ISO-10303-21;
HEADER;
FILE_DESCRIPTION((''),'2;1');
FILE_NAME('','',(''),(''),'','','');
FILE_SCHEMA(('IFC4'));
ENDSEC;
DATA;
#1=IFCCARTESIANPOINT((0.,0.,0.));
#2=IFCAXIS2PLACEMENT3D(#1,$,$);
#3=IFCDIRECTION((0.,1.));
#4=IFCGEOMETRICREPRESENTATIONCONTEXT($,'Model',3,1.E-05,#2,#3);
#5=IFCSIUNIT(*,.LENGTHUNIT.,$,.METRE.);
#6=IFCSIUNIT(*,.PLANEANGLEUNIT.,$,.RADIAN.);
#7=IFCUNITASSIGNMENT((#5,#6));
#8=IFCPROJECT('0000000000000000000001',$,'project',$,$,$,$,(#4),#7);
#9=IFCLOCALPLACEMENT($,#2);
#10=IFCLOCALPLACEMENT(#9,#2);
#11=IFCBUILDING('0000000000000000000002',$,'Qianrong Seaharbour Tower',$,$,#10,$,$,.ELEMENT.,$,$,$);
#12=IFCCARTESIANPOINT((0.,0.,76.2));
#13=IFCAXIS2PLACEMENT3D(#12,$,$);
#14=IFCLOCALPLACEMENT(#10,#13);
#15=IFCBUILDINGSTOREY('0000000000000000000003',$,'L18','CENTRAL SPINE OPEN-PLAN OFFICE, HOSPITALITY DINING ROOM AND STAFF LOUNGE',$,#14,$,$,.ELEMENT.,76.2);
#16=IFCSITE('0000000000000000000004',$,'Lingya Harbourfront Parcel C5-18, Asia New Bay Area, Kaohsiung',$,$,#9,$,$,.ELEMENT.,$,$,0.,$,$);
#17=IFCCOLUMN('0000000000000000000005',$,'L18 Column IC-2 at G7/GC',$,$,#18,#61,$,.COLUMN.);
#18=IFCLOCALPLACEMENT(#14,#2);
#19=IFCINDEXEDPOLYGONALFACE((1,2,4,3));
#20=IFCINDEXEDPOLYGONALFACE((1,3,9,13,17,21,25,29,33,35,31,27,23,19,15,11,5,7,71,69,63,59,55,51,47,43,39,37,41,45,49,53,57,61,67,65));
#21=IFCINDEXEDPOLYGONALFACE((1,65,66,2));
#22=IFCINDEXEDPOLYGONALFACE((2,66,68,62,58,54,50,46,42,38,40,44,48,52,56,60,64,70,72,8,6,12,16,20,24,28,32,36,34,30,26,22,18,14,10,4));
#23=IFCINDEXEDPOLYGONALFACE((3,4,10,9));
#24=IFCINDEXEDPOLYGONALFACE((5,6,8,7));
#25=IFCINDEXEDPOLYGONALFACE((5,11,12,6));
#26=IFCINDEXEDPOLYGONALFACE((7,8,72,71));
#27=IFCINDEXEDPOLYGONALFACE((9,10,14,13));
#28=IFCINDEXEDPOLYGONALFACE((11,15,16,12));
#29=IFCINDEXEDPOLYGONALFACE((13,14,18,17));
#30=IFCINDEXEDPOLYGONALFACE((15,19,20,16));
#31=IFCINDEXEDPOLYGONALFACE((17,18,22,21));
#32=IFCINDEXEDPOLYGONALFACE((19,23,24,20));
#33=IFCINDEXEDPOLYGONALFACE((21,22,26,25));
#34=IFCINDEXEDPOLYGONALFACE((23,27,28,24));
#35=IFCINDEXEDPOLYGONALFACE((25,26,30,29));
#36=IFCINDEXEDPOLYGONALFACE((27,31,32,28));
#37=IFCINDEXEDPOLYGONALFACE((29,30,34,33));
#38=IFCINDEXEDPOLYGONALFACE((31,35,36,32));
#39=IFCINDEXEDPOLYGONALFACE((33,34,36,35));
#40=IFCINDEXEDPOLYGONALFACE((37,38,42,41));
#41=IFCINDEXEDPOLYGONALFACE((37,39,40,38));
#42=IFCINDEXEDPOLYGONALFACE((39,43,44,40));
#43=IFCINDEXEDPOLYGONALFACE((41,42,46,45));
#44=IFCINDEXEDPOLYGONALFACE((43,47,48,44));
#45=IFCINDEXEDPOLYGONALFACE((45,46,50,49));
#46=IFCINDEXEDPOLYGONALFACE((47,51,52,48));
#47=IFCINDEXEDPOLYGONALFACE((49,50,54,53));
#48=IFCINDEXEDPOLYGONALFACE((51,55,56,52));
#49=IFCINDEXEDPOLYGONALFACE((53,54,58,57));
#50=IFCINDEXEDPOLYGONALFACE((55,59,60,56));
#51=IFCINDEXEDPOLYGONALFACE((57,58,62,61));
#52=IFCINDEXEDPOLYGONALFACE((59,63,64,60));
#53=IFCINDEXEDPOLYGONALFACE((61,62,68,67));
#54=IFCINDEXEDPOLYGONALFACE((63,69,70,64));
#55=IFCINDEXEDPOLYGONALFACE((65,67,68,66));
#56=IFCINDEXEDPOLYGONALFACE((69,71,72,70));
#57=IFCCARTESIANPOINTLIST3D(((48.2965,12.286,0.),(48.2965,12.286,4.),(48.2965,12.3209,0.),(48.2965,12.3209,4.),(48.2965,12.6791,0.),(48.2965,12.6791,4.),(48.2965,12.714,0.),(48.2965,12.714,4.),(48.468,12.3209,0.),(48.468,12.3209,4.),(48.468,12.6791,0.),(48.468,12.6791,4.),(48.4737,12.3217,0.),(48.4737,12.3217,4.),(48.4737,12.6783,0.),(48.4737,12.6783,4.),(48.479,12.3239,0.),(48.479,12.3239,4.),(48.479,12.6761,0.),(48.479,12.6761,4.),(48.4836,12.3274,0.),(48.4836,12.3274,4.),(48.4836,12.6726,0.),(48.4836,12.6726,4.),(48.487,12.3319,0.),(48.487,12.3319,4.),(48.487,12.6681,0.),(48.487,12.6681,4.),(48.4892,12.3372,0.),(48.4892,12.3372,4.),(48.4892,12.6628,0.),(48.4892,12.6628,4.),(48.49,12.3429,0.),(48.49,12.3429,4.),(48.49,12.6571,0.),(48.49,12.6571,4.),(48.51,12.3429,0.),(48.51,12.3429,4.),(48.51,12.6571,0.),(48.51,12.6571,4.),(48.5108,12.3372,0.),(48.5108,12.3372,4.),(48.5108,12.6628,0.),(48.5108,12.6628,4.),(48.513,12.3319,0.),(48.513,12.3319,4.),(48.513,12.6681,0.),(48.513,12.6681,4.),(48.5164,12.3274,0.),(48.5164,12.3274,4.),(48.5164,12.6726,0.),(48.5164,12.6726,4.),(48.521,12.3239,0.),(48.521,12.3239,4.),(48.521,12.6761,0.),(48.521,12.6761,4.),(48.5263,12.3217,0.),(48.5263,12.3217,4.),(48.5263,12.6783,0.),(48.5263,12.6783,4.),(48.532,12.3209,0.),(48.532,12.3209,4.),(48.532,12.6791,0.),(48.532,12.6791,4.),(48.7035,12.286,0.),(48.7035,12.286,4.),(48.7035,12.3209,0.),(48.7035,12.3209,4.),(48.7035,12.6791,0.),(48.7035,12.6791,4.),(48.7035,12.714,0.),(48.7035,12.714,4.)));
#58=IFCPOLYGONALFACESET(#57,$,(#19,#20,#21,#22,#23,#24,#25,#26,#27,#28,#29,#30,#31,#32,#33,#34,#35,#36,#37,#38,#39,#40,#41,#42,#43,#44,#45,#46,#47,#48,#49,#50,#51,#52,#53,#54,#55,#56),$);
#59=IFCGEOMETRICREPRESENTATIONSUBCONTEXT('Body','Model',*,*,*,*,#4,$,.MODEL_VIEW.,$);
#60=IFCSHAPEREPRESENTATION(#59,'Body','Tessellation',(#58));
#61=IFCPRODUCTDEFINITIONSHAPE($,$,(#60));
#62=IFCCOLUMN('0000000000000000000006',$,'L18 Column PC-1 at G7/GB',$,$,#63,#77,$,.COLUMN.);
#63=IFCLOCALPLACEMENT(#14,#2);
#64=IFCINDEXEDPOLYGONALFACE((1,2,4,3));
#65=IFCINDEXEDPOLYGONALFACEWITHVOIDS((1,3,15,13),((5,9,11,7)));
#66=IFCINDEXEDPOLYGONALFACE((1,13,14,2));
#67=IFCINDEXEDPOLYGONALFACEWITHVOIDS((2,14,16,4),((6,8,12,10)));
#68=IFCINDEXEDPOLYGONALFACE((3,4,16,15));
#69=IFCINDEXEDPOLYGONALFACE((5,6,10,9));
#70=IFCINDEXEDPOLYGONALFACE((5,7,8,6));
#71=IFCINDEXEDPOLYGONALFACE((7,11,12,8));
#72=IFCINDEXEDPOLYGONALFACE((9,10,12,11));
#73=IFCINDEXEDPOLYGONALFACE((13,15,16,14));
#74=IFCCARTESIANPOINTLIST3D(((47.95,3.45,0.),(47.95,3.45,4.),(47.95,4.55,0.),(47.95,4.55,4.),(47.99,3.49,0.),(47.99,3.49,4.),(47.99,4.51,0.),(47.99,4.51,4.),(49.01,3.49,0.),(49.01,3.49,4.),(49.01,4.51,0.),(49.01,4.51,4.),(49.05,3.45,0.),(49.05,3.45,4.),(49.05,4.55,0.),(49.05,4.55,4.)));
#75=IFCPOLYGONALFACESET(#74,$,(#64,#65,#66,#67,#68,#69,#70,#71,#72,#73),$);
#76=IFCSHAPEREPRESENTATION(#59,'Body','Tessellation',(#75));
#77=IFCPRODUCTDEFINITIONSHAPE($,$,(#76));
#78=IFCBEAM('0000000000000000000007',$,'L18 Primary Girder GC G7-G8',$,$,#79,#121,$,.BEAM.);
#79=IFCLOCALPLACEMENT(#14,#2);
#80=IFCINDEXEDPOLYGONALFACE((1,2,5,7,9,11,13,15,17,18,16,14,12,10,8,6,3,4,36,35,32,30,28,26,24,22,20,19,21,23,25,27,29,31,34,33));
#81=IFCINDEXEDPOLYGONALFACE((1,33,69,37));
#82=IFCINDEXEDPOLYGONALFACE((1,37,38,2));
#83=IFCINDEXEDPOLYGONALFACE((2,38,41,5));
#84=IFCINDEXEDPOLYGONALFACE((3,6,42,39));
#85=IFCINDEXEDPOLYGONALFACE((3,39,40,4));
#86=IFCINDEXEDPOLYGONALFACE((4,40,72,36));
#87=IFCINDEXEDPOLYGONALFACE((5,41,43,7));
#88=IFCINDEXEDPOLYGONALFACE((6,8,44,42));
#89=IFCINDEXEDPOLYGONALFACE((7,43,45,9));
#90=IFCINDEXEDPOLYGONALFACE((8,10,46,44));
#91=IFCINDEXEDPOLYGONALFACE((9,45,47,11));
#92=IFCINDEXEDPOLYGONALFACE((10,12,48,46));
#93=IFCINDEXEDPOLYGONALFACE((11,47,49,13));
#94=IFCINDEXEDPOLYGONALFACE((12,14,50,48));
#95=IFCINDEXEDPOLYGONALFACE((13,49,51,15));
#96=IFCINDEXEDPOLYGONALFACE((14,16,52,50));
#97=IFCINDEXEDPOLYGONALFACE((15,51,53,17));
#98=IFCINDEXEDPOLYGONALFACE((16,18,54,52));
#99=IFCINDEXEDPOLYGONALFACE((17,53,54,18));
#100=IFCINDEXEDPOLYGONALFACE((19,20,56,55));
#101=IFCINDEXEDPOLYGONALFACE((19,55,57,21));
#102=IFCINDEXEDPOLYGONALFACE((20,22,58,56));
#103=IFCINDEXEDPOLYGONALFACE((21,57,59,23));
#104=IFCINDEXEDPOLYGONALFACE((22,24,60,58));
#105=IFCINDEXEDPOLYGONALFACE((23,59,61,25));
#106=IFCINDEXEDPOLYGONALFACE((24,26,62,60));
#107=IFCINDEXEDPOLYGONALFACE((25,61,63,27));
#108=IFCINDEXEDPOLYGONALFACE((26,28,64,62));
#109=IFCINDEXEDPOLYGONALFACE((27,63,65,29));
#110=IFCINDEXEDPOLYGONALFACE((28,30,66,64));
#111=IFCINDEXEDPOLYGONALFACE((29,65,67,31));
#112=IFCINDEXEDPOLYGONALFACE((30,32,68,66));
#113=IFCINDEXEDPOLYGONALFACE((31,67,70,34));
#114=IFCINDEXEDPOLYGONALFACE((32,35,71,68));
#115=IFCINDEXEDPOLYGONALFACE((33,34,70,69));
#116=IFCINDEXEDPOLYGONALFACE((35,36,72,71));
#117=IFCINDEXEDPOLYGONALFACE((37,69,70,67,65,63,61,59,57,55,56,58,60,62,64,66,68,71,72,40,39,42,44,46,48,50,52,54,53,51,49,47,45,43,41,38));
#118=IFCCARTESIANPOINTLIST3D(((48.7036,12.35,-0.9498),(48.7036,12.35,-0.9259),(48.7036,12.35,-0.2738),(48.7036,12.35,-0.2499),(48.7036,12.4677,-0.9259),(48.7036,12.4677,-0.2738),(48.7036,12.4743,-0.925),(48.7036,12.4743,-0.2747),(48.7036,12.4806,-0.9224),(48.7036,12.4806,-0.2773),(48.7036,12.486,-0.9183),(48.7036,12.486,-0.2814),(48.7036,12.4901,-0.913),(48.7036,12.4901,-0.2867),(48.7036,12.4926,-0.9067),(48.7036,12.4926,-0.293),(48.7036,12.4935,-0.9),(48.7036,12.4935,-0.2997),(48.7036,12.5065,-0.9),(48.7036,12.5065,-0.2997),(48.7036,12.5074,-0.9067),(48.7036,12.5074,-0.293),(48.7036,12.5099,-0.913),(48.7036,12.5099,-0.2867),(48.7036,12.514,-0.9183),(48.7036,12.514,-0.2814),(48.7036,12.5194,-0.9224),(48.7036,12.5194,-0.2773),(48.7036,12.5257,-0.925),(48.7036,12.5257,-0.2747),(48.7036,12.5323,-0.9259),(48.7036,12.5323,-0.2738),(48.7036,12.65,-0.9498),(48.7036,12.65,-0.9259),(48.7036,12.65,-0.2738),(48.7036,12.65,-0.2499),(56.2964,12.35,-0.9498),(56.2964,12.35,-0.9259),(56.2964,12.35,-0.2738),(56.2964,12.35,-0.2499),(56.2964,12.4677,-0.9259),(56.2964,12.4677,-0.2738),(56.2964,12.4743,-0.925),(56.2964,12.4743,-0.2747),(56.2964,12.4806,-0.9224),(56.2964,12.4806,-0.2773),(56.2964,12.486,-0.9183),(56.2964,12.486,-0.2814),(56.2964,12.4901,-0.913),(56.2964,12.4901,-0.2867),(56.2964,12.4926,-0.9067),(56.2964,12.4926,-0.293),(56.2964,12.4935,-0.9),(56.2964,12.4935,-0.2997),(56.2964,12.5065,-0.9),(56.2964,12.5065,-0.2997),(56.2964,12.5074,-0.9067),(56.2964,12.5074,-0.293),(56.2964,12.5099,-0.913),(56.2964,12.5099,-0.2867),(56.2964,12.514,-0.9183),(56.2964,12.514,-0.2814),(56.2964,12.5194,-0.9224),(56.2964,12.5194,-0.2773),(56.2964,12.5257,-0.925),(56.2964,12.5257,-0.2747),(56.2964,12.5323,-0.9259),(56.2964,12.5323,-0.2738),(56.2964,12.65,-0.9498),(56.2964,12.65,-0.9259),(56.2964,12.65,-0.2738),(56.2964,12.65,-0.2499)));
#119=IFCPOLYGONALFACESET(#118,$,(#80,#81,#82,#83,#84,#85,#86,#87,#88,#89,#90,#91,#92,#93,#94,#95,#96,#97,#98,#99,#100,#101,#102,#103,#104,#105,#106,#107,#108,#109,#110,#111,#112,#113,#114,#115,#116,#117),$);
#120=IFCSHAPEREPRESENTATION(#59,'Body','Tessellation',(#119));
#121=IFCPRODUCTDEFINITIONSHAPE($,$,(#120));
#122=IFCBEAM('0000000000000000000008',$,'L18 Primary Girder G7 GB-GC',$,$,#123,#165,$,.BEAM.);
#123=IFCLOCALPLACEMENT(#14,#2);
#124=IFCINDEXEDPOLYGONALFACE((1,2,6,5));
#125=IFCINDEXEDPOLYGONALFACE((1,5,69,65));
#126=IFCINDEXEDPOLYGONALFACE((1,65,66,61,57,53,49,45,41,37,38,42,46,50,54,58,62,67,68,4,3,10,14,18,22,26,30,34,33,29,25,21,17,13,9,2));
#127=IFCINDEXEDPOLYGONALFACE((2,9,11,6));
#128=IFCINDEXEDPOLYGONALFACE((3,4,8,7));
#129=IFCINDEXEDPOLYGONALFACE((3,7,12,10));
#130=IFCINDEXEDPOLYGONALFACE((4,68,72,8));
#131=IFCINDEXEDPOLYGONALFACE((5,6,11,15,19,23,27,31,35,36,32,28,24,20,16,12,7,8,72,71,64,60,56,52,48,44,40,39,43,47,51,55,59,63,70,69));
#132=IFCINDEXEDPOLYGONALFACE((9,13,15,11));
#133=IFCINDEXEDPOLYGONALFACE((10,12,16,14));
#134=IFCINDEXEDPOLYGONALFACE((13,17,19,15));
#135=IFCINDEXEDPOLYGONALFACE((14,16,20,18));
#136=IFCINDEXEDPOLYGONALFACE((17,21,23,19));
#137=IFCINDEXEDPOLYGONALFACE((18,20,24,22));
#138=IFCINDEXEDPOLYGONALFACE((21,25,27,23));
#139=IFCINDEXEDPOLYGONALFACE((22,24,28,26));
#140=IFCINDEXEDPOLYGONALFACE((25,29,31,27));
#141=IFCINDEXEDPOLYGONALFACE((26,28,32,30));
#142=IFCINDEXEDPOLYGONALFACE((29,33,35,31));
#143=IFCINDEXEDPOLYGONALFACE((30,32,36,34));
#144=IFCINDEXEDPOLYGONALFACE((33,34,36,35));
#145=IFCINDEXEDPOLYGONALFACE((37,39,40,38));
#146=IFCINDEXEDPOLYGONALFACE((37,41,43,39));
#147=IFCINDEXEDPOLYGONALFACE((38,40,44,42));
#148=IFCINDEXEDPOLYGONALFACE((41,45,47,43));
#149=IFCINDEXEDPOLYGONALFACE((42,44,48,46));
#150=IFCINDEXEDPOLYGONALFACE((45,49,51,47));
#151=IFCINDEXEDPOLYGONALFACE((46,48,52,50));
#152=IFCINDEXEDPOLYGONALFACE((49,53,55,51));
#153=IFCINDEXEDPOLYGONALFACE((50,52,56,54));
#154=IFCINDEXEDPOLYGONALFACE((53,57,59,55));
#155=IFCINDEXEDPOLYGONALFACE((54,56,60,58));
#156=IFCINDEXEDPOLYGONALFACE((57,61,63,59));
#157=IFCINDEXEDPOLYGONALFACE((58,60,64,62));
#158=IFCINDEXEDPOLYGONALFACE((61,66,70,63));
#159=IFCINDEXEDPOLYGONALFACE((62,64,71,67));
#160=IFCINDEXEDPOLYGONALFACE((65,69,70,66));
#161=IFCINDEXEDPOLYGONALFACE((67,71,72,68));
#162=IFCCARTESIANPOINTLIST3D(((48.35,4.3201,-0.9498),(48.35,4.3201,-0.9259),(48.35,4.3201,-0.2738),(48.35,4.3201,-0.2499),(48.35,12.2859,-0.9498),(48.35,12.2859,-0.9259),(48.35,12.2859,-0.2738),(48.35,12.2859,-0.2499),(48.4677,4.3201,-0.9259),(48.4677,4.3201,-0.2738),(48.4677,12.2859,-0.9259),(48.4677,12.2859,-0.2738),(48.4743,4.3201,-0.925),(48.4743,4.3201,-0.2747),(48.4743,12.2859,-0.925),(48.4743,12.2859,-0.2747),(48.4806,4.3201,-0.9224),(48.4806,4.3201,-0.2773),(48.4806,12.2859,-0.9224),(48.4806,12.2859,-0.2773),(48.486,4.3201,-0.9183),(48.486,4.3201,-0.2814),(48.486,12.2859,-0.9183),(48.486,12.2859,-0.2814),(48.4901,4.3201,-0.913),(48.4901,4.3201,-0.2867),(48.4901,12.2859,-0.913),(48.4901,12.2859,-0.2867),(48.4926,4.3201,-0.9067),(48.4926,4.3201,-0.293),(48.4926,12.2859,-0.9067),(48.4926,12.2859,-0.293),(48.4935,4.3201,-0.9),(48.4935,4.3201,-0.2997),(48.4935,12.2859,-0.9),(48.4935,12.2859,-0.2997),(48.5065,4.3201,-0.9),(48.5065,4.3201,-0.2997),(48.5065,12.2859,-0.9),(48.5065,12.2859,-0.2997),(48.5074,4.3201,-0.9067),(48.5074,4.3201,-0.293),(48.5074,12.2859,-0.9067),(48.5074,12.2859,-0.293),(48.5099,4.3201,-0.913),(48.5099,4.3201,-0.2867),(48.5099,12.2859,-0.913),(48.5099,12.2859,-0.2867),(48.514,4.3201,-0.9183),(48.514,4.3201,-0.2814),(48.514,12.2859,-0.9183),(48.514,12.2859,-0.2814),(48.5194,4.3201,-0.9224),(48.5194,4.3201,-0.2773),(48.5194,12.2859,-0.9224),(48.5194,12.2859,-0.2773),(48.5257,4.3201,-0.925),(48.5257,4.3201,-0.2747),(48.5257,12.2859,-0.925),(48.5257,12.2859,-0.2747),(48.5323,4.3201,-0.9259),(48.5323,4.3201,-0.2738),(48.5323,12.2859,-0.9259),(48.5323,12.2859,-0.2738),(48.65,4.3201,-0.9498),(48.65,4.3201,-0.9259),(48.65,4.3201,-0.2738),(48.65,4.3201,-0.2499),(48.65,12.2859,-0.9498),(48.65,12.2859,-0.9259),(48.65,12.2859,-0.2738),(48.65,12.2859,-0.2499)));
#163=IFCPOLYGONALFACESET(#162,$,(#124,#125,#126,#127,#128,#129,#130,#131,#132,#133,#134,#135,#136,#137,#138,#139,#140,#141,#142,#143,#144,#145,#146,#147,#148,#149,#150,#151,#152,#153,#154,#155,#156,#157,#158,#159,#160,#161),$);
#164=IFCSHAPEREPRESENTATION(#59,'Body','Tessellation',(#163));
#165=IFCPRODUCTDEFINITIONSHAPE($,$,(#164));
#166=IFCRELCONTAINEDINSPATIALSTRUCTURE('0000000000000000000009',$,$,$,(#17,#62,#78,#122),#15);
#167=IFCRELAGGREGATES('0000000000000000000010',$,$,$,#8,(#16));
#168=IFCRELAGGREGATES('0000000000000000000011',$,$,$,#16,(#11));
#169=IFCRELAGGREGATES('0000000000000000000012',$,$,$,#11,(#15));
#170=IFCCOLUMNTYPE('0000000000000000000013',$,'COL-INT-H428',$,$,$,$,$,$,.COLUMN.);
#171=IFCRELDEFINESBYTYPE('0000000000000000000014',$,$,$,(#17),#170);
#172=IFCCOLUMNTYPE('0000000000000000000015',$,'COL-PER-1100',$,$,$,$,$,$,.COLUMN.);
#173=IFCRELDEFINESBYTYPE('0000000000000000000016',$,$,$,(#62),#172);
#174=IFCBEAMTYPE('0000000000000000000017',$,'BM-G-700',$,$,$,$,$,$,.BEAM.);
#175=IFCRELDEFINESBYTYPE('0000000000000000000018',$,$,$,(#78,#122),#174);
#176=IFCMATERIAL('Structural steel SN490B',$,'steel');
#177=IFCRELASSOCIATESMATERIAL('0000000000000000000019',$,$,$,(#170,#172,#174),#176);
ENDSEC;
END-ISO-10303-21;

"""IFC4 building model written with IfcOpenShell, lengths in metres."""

from ifc_helpers import new_model, si_unit, direction, frame, origin, origin_2d, place, context, subcontext, project, spatial, hollow_rectangle, i_section, extrude, material, material_profile, profile_set, type_object, element, save


model = new_model("IFC4")

# Units and contexts
model_context = context("Model", 3, precision=1e-05, world=origin(), true_north=direction((0.0, 1.0)))
body_context = subcontext(model_context, "Body", "Model", "MODEL_VIEW")
ifc_project = project(units=[si_unit("LENGTHUNIT", "METRE"), si_unit("PLANEANGLEUNIT", "RADIAN")], contexts=[model_context])

# Site, building, storey
site_placement = place(None, origin())
site = spatial("IfcSite", under=ifc_project, at=site_placement, Name="Lingya Harbourfront Parcel C5-18, Asia New Bay Area, Kaohsiung", CompositionType="ELEMENT", RefElevation=0.0)
building_placement = place(site_placement, origin())
building = spatial("IfcBuilding", under=site, at=building_placement, Name="Qianrong Seaharbour Tower", CompositionType="ELEMENT")
storey_placement = place(building_placement, frame((0.0, 0.0, 76.2)))
storey = spatial("IfcBuildingStorey", under=building, at=storey_placement, Name="L18", Description="CENTRAL SPINE OPEN-PLAN OFFICE, HOSPITALITY DINING ROOM AND STAFF LOUNGE", CompositionType="ELEMENT", Elevation=76.2)

# Columns
ifc_material_1 = material(Name="Structural steel SN490B", Category="steel")
ifc_material_profile_1 = material_profile(ifc_material_1, i_section(OverallWidth=0.407, OverallDepth=0.428, WebThickness=0.02, FlangeThickness=0.0349, FilletRadius=0.022, at=origin_2d()), Name="H428x407x20x35")
ifc_profile_set_1 = profile_set([ifc_material_profile_1], Name="Structural steel SN490B")
column_type_1 = type_object("IfcColumnType", Name="COL-INT-H428", PredefinedType="COLUMN", material=ifc_profile_set_1)
column_1_placement = place(storey_placement, frame((48.5, 12.5, 0.0), z_axis=(0.0, 0.0, 1.0), x_axis=(1.0, 0.0, 0.0)))
element("IfcColumn", 1, at=column_1_placement, inside=storey, type_object=column_type_1, Name="L18 Column IC-2 at G7/GC", PredefinedType="COLUMN", context=body_context, shape_type="SweptSolid", body=[
    extrude(i_section(OverallWidth=0.407, OverallDepth=0.428, WebThickness=0.02, FlangeThickness=0.0349, FilletRadius=0.022, at=origin_2d()), origin(), (0.0, 0.0, 1.0), 4.0),
])
ifc_material_profile_2 = material_profile(ifc_material_1, hollow_rectangle(XDim=1.1001, YDim=1.1001, WallThickness=0.04, at=origin_2d()), Name="BOX1100x1100x40")
ifc_profile_set_2 = profile_set([ifc_material_profile_2], Name="Structural steel SN490B")
column_type_2 = type_object("IfcColumnType", Name="COL-PER-1100", PredefinedType="COLUMN", material=ifc_profile_set_2)
column_2_placement = place(storey_placement, frame((48.5, 4.0, 0.0), z_axis=(0.0, 0.0, 1.0), x_axis=(1.0, 0.0, 0.0)))
element("IfcColumn", 2, at=column_2_placement, inside=storey, type_object=column_type_2, Name="L18 Column PC-1 at G7/GB", PredefinedType="COLUMN", context=body_context, shape_type="SweptSolid", body=[
    extrude(hollow_rectangle(XDim=1.1001, YDim=1.1001, WallThickness=0.04, at=origin_2d()), origin(), (0.0, 0.0, 1.0), 4.0),
])

# Beams
ifc_material_profile_3 = material_profile(ifc_material_1, i_section(OverallWidth=0.3, OverallDepth=0.7, WebThickness=0.0129, FlangeThickness=0.0239, FilletRadius=0.0259, at=origin_2d()), Name="H700x300x13x24")
ifc_profile_set_3 = profile_set([ifc_material_profile_3], Name="Structural steel SN490B")
beam_type_1 = type_object("IfcBeamType", Name="BM-G-700", PredefinedType="BEAM", material=ifc_profile_set_3)
beam_1_placement = place(storey_placement, frame((48.7036, 12.5, -0.5999), z_axis=(1.0, 0.0, 0.0), x_axis=(0.0, 1.0, 0.0)))
element("IfcBeam", 3, at=beam_1_placement, inside=storey, type_object=beam_type_1, Name="L18 Primary Girder GC G7-G8", PredefinedType="BEAM", context=body_context, shape_type="SweptSolid", body=[
    extrude(i_section(OverallWidth=0.3, OverallDepth=0.7, WebThickness=0.0129, FlangeThickness=0.0239, FilletRadius=0.0259, at=origin_2d()), origin(), (0.0, 0.0, 1.0), 7.5928),
])
beam_2_placement = place(storey_placement, frame((48.5, 4.3201, -0.5999), z_axis=(0.0, 1.0, 0.0), x_axis=(-1.0, 0.0, 0.0)))
element("IfcBeam", 4, at=beam_2_placement, inside=storey, type_object=beam_type_1, Name="L18 Primary Girder G7 GB-GC", PredefinedType="BEAM", context=body_context, shape_type="SweptSolid", body=[
    extrude(i_section(OverallWidth=0.3, OverallDepth=0.7, WebThickness=0.0129, FlangeThickness=0.0239, FilletRadius=0.0259, at=origin_2d()), origin(), (0.0, 0.0, 1.0), 7.9658),
])

save(model, "model.ifc")
